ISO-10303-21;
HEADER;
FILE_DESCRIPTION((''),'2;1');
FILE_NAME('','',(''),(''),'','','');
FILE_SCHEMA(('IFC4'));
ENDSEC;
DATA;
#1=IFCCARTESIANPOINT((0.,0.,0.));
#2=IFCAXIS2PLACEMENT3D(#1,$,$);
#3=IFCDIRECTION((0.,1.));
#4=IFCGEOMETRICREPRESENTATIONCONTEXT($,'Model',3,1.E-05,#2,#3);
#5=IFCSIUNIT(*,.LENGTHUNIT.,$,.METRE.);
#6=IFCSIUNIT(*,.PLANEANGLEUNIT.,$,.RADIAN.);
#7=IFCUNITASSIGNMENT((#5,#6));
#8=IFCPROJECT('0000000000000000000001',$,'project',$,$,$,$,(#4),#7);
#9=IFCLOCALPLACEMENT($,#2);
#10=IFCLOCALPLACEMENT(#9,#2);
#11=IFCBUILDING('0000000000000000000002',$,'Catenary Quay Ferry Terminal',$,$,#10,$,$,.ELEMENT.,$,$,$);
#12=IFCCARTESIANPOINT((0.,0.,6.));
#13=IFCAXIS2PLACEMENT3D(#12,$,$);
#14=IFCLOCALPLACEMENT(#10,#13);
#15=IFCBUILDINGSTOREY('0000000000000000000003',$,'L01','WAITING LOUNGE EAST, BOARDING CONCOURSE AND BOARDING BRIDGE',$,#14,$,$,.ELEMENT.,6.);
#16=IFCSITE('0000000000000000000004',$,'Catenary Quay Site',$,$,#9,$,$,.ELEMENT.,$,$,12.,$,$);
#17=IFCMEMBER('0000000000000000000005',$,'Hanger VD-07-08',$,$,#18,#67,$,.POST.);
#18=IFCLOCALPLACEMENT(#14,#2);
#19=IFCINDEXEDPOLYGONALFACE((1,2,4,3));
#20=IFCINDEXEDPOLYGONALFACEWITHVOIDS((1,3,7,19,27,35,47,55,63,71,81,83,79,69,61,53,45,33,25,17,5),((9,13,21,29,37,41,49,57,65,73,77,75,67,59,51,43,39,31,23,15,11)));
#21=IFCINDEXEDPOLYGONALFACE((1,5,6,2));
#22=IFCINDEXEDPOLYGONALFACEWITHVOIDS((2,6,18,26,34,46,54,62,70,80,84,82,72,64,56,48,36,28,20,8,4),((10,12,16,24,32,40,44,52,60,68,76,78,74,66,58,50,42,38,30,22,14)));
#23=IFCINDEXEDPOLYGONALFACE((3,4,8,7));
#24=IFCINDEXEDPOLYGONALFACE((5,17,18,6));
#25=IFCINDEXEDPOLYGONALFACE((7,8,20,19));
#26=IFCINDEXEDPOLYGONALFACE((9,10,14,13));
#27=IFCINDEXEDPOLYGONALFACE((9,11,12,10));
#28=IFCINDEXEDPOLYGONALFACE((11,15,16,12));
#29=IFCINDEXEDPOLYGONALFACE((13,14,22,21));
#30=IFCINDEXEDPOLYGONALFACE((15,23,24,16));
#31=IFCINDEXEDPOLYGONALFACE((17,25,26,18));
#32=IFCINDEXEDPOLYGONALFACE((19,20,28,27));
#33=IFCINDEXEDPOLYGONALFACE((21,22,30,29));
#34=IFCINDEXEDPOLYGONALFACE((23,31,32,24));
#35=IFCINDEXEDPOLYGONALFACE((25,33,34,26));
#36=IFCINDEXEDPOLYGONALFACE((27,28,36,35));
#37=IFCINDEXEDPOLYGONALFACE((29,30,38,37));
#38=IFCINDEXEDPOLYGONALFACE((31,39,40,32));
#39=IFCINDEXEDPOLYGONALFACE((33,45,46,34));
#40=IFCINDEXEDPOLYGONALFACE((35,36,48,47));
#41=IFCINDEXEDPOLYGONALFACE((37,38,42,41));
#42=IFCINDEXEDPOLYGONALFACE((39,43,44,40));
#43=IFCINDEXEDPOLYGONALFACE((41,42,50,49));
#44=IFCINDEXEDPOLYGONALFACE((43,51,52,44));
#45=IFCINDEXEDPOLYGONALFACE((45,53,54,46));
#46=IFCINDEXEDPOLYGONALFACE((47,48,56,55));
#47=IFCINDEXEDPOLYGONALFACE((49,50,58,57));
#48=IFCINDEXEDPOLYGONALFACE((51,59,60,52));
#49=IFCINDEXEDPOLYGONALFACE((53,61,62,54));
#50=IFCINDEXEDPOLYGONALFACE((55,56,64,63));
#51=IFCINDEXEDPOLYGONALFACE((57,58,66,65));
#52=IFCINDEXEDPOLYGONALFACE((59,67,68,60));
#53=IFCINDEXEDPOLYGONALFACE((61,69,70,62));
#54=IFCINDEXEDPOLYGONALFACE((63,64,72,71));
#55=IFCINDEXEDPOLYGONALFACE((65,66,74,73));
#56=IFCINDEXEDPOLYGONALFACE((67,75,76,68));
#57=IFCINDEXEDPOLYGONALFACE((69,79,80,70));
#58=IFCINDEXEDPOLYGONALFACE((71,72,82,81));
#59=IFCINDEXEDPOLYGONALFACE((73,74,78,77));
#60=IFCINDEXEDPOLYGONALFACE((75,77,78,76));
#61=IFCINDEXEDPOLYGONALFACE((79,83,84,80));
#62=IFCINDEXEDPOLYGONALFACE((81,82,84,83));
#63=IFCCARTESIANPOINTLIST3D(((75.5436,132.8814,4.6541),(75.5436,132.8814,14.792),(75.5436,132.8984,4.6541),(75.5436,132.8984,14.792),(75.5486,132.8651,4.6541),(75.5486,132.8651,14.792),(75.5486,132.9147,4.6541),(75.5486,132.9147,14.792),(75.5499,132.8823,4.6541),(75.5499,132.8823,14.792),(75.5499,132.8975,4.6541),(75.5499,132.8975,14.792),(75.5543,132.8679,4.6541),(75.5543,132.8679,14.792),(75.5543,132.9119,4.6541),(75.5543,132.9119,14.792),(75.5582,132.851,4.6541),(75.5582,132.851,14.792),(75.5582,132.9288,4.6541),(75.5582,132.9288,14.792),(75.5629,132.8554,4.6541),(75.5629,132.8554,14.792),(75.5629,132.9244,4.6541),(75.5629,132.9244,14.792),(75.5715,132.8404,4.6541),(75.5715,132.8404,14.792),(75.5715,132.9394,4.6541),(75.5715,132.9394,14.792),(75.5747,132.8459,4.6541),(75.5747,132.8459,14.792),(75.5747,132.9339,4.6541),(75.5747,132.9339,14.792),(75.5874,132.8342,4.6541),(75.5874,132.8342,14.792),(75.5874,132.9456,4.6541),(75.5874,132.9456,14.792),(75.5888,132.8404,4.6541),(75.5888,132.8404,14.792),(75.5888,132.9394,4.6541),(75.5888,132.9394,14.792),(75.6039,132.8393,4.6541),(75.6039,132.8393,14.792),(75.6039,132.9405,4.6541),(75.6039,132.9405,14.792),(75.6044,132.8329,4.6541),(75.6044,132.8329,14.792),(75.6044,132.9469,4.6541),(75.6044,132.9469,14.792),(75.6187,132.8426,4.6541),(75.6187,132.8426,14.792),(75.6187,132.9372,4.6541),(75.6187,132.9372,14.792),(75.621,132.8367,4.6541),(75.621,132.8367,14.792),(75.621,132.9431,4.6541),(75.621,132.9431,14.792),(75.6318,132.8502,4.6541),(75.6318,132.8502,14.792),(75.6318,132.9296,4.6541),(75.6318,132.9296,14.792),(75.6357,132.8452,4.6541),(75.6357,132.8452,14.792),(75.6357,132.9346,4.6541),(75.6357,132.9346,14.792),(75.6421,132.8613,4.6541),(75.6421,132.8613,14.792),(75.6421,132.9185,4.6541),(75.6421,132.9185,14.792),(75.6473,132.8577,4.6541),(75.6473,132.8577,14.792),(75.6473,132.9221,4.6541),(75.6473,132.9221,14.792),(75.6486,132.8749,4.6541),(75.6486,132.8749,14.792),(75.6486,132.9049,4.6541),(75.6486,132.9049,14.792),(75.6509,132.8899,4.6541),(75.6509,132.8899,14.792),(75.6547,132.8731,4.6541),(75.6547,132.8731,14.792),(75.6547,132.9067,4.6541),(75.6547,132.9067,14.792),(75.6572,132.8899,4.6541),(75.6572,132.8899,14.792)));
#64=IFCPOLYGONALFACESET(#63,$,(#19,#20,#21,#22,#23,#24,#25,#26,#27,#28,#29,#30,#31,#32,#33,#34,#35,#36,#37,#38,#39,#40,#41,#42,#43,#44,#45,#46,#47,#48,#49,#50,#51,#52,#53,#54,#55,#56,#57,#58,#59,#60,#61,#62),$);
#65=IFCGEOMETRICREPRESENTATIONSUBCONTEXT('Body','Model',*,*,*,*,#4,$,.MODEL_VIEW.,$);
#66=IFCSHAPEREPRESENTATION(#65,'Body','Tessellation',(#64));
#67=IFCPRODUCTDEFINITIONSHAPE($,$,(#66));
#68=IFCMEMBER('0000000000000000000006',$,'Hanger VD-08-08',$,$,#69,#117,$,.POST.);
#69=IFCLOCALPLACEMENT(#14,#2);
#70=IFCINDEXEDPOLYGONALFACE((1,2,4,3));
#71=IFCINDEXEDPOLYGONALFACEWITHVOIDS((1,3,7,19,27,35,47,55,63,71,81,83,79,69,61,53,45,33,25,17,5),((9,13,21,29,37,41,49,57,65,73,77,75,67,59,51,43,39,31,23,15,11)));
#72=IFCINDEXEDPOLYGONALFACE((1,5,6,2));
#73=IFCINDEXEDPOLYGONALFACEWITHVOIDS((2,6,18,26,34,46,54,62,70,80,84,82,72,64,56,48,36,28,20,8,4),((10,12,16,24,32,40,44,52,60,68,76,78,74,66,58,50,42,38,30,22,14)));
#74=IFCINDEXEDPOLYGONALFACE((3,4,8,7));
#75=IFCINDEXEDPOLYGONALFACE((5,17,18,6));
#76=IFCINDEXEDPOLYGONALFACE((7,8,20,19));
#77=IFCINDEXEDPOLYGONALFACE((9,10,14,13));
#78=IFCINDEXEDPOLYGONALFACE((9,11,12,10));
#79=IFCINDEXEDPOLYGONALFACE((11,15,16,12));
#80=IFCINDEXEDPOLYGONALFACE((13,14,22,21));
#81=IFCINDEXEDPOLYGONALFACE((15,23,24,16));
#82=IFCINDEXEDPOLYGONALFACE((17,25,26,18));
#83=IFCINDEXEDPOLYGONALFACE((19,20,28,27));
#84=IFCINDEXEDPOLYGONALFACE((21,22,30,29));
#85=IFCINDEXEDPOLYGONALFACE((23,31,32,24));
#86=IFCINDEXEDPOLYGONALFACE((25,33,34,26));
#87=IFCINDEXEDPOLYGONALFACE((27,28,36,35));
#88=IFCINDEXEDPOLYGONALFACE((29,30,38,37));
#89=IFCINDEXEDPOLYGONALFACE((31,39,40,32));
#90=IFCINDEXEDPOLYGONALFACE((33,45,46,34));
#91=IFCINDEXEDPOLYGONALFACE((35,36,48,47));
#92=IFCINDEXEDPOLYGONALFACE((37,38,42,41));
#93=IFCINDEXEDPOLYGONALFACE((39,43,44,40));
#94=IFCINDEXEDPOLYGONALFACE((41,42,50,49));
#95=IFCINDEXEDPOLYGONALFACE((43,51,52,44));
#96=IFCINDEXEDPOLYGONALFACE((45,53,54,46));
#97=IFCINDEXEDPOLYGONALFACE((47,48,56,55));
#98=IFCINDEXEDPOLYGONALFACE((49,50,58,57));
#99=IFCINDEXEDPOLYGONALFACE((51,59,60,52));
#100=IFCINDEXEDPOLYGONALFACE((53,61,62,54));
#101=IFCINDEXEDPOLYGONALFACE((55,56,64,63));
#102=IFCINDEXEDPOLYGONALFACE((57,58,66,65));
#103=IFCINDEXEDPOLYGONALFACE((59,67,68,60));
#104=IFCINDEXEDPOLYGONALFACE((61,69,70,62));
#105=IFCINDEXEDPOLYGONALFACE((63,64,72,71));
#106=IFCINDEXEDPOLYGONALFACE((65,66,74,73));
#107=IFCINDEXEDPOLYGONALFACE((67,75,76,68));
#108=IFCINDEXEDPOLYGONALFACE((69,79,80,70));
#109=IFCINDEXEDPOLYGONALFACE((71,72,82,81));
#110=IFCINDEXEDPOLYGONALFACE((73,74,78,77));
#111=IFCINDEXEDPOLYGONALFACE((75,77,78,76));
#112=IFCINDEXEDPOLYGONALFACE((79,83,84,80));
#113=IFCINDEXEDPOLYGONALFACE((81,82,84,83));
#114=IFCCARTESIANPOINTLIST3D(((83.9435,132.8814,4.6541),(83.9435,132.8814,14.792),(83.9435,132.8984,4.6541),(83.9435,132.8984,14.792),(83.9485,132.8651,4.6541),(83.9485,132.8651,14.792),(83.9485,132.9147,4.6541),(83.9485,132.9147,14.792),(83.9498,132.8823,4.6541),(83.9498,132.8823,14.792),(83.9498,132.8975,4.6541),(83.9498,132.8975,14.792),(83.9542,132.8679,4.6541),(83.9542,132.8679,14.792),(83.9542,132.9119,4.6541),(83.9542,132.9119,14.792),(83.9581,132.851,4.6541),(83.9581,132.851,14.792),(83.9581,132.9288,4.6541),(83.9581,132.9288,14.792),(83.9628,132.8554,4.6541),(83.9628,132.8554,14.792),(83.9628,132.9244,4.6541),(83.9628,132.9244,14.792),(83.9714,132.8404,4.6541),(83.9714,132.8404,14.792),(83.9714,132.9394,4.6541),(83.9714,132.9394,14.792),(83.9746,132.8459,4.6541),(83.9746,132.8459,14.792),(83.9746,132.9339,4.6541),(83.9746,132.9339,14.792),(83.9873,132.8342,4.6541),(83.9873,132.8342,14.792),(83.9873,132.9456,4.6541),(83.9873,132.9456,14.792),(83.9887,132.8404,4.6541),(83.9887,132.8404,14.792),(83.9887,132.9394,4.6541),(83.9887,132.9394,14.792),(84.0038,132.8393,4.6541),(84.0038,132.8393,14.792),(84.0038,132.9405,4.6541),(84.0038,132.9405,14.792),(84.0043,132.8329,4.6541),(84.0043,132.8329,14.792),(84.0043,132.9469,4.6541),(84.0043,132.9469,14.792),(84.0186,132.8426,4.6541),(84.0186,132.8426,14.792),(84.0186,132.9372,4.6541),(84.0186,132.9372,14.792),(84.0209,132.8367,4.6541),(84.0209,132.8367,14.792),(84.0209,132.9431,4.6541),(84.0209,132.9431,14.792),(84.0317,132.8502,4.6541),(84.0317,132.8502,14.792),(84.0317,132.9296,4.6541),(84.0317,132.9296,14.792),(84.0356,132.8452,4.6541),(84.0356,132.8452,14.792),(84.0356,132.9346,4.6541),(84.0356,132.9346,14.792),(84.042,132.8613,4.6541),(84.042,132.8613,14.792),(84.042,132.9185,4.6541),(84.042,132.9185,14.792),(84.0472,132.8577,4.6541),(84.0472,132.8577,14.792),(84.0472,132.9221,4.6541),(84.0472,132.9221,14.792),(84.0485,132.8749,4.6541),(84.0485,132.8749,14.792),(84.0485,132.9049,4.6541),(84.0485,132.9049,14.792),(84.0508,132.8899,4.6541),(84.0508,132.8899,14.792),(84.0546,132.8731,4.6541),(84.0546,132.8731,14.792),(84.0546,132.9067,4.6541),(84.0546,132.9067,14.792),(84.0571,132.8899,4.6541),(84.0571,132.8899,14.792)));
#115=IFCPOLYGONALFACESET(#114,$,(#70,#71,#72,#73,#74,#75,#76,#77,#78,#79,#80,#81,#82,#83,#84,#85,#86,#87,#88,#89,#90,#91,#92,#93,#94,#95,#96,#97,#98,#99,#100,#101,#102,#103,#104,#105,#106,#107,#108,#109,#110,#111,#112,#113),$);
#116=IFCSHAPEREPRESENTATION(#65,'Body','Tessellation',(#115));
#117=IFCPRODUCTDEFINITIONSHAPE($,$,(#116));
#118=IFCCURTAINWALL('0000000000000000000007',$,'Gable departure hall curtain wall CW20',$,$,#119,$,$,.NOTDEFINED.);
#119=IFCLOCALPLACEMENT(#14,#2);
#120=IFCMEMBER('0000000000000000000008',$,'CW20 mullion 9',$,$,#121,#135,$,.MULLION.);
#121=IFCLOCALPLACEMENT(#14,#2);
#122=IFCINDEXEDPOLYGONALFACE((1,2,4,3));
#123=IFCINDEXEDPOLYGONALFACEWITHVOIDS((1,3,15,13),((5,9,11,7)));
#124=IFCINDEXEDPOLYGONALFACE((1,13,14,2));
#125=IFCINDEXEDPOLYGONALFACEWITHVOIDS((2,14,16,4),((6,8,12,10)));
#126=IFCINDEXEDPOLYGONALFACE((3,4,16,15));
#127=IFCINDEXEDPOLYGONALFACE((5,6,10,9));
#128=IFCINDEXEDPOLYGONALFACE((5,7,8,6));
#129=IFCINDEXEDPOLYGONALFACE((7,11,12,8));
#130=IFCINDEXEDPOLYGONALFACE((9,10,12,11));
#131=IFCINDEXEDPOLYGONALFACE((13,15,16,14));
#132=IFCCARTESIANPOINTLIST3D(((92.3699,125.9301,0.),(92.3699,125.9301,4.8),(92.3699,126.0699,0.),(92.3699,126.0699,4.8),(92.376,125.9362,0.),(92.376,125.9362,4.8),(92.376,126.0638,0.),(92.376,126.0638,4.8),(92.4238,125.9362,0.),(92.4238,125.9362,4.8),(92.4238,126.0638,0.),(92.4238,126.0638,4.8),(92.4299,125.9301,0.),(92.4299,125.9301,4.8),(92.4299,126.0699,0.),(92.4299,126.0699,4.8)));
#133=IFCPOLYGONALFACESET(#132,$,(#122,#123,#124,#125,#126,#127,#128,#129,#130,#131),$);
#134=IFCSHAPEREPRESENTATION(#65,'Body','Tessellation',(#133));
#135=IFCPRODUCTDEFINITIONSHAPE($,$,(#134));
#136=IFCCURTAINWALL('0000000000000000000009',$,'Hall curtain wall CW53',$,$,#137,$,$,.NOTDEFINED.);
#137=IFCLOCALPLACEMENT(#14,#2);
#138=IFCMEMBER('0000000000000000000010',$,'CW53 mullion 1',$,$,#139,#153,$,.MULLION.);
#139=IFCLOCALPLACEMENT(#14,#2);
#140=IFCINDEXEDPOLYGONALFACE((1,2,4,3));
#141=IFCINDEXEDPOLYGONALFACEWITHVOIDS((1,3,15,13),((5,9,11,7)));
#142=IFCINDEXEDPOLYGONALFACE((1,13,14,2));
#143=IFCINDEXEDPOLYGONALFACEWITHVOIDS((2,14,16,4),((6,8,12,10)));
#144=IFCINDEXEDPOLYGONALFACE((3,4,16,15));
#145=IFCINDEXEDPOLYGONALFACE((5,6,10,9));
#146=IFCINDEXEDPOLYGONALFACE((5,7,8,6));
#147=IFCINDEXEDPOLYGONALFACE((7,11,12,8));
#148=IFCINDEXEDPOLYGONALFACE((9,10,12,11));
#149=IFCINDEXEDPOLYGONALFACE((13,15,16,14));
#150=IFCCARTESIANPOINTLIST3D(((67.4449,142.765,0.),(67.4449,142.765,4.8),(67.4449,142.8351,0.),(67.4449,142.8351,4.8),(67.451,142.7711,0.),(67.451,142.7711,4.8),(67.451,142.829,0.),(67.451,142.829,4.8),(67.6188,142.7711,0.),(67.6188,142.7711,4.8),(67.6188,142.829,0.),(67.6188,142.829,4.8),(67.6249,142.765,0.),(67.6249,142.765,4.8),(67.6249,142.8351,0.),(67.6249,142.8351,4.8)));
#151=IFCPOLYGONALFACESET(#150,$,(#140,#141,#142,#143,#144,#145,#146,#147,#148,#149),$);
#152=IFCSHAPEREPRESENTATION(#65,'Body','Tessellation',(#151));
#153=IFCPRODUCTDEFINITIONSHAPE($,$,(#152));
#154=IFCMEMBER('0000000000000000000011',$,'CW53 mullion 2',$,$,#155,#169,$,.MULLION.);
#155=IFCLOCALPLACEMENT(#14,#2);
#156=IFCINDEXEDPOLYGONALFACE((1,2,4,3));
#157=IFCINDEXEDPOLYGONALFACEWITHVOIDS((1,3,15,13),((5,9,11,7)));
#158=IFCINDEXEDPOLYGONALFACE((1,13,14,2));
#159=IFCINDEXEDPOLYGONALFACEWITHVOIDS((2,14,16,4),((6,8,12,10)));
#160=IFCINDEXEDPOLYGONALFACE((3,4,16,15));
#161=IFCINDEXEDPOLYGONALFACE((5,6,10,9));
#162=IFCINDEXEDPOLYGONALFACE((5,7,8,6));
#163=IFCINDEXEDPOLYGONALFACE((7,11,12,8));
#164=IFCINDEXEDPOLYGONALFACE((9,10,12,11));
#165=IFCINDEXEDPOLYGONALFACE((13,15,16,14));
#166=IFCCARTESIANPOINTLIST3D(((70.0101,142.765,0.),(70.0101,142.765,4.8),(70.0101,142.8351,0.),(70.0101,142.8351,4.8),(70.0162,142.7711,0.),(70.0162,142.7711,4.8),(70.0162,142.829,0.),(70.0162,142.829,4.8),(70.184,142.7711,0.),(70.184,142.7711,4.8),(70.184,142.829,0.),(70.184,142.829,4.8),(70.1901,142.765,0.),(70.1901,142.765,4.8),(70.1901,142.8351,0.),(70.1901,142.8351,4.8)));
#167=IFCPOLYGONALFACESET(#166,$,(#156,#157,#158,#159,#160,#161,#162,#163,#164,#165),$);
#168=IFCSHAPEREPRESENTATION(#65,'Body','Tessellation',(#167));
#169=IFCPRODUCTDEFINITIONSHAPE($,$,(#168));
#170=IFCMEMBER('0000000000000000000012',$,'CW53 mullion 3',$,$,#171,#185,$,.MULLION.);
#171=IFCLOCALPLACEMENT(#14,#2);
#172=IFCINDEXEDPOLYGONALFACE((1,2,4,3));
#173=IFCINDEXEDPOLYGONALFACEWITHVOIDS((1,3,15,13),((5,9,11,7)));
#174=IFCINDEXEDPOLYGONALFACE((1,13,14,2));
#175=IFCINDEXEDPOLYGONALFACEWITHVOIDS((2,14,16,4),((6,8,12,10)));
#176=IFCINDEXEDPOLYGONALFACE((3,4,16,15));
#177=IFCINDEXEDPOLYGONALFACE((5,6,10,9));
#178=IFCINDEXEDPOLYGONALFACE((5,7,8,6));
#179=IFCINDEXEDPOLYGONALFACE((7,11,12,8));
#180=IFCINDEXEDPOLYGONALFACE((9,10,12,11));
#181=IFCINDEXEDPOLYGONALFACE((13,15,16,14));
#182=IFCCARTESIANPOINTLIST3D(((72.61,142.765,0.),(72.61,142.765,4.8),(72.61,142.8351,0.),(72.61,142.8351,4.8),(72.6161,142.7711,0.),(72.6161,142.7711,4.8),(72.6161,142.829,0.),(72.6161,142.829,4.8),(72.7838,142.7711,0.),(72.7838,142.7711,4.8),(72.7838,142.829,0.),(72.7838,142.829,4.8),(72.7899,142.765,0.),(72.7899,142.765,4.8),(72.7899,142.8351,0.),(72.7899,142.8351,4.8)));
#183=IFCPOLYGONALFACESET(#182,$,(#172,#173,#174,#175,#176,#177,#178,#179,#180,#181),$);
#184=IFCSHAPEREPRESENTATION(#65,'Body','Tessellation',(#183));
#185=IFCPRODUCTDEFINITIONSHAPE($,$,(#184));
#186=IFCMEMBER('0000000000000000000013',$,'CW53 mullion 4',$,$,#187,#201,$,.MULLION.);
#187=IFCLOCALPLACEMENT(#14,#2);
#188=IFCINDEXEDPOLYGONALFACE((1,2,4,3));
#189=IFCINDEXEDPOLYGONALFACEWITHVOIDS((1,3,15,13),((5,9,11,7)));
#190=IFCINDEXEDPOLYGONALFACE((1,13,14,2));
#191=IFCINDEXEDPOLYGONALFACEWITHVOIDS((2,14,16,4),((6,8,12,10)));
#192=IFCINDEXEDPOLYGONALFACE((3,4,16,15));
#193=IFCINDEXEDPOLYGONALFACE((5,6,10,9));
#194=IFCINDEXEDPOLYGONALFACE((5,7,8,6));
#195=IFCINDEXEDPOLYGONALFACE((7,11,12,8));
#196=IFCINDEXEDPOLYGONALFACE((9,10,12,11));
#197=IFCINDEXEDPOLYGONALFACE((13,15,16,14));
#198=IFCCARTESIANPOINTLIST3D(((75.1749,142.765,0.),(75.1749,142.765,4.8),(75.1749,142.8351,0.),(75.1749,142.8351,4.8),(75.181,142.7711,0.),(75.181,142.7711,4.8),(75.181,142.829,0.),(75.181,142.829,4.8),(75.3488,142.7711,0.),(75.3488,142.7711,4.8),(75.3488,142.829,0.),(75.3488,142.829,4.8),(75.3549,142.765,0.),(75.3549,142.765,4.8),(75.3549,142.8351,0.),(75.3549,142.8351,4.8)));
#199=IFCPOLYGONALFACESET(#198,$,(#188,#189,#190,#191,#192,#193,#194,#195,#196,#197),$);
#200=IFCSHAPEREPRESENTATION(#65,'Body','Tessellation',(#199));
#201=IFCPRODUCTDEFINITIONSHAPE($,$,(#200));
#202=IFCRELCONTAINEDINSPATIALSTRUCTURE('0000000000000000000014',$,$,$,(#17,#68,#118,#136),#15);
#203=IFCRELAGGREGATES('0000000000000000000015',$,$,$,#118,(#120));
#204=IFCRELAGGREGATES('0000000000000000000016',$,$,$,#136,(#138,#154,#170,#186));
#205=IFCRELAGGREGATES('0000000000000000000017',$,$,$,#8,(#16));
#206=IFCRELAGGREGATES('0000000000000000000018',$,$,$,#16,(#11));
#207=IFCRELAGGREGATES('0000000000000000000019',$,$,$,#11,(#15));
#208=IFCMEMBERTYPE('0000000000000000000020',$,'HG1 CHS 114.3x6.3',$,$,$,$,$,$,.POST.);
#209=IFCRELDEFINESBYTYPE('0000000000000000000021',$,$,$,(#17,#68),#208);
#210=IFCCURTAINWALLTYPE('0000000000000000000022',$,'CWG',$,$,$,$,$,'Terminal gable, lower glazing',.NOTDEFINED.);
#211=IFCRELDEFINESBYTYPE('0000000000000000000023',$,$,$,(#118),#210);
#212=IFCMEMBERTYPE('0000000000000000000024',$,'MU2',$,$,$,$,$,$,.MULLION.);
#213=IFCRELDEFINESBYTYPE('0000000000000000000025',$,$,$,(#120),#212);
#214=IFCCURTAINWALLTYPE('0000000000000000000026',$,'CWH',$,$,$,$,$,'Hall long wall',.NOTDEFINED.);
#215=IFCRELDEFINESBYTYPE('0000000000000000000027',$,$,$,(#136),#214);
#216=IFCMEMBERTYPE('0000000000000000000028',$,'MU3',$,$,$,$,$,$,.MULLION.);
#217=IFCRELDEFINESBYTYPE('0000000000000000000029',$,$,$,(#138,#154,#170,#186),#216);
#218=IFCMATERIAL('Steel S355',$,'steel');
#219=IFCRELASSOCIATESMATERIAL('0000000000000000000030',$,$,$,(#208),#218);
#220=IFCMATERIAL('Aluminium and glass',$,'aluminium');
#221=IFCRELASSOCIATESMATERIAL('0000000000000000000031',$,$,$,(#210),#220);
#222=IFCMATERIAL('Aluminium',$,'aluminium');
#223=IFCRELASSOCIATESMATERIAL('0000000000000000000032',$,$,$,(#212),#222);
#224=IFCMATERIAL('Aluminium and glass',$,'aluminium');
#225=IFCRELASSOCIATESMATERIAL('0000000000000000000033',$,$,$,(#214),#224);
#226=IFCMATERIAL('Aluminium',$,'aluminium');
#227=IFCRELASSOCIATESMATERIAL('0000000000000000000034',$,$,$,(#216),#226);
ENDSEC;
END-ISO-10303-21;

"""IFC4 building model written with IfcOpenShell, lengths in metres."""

from ifc_helpers import new_model, si_unit, direction, frame, origin, origin_2d, place, context, subcontext, project, spatial, hollow_rectangle, hollow_circle, extrude, material, material_profile, profile_set, type_object, element, aggregate, save


model = new_model("IFC4")

# Units and contexts
model_context = context("Model", 3, precision=1e-05, world=origin(), true_north=direction((0.0, 1.0)))
body_context = subcontext(model_context, "Body", "Model", "MODEL_VIEW")
ifc_project = project(units=[si_unit("LENGTHUNIT", "METRE"), si_unit("PLANEANGLEUNIT", "RADIAN")], contexts=[model_context])

# Site, building, storey
site_placement = place(None, origin())
site = spatial("IfcSite", under=ifc_project, at=site_placement, Name="Catenary Quay Site", CompositionType="ELEMENT", RefElevation=12.0)
building_placement = place(site_placement, origin())
building = spatial("IfcBuilding", under=site, at=building_placement, Name="Catenary Quay Ferry Terminal", CompositionType="ELEMENT")
storey_placement = place(building_placement, frame((0.0, 0.0, 6.0)))
storey = spatial("IfcBuildingStorey", under=building, at=storey_placement, Name="L01", Description="WAITING LOUNGE EAST, BOARDING CONCOURSE AND BOARDING BRIDGE", CompositionType="ELEMENT", Elevation=6.0)

# Members
ifc_material_1 = material(Name="Steel S355", Category="steel")
ifc_material_profile_1 = material_profile(ifc_material_1, hollow_circle(Radius=0.0571, WallThickness=0.0063, at=origin_2d()), Name="CHS 114.3x6.3")
ifc_profile_set_1 = profile_set([ifc_material_profile_1], Name="Steel S355")
member_type_1 = type_object("IfcMemberType", Name="HG1 CHS 114.3x6.3", PredefinedType="POST", material=ifc_profile_set_1)
for number, where, z_axis, x_axis, name in (
    (1, (75.6001, 132.8899, 4.6541), (0.0, 0.0, 1.0), (1.0, 0.0, 0.0), "Hanger VD-07-08"),
    (2, (84.0, 132.8899, 4.6541), (0.0, 0.0, 1.0), (1.0, 0.0, 0.0), "Hanger VD-08-08"),
):
    element("IfcMember", number, at=place(storey_placement, frame(where, z_axis=z_axis, x_axis=x_axis)), inside=storey, type_object=member_type_1, Name=name, PredefinedType="POST", context=body_context, shape_type="SweptSolid", body=[
        extrude(hollow_circle(Radius=0.0571, WallThickness=0.0063, at=origin_2d()), origin(), (0.0, 0.0, 1.0), 10.1379),
    ])

# Curtain wall, member
ifc_material_2 = material(Name="Aluminium and glass", Category="aluminium")
curtain_wall_type_1 = type_object("IfcCurtainWallType", Name="CWG", ElementType="Terminal gable, lower glazing", PredefinedType="NOTDEFINED", material=ifc_material_2)
curtain_wall_1_placement = place(storey_placement, origin())
curtain_wall_1 = element("IfcCurtainWall", 3, at=curtain_wall_1_placement, inside=storey, type_object=curtain_wall_type_1, Name="Gable departure hall curtain wall CW20", PredefinedType="NOTDEFINED")
ifc_material_3 = material(Name="Aluminium", Category="aluminium")
ifc_material_profile_2 = material_profile(ifc_material_3, hollow_rectangle(XDim=0.0601, YDim=0.1399, WallThickness=0.0061, at=origin_2d()), Name="MU2")
ifc_profile_set_2 = profile_set([ifc_material_profile_2], Name="Aluminium")
member_type_2 = type_object("IfcMemberType", Name="MU2", PredefinedType="MULLION", material=ifc_profile_set_2)
member_1_placement = place(storey_placement, frame((92.3999, 126.0, 0.0), z_axis=(0.0, 0.0, 1.0), x_axis=(-1.0, 0.0, 0.0)))
member_1 = element("IfcMember", 4, at=member_1_placement, type_object=member_type_2, Name="CW20 mullion 9", PredefinedType="MULLION", context=body_context, shape_type="SweptSolid", body=[
    extrude(hollow_rectangle(XDim=0.0601, YDim=0.1399, WallThickness=0.0061, at=origin_2d()), origin(), (0.0, 0.0, 1.0), 4.8),
])
aggregate(curtain_wall_1, [member_1])

# Curtain wall, members
ifc_material_4 = material(Name="Aluminium and glass", Category="aluminium")
curtain_wall_type_2 = type_object("IfcCurtainWallType", Name="CWH", ElementType="Hall long wall", PredefinedType="NOTDEFINED", material=ifc_material_4)
curtain_wall_2_placement = place(storey_placement, origin())
curtain_wall_2 = element("IfcCurtainWall", 5, at=curtain_wall_2_placement, inside=storey, type_object=curtain_wall_type_2, Name="Hall curtain wall CW53", PredefinedType="NOTDEFINED")
ifc_material_5 = material(Name="Aluminium", Category="aluminium")
ifc_material_profile_3 = material_profile(ifc_material_5, hollow_rectangle(XDim=0.0701, YDim=0.1799, WallThickness=0.0061, at=origin_2d()), Name="MU3")
ifc_profile_set_3 = profile_set([ifc_material_profile_3], Name="Aluminium")
member_type_3 = type_object("IfcMemberType", Name="MU3", PredefinedType="MULLION", material=ifc_profile_set_3)
member_2_placement = place(storey_placement, frame((67.5349, 142.8, 0.0), z_axis=(0.0, 0.0, 1.0), x_axis=(0.0, 1.0, 0.0)))
member_2 = element("IfcMember", 6, at=member_2_placement, type_object=member_type_3, Name="CW53 mullion 1", PredefinedType="MULLION", context=body_context, shape_type="SweptSolid", body=[
    extrude(hollow_rectangle(XDim=0.0701, YDim=0.1799, WallThickness=0.0061, at=origin_2d()), origin(), (0.0, 0.0, 1.0), 4.8),
])
member_3_placement = place(storey_placement, frame((70.1001, 142.8, 0.0), z_axis=(0.0, 0.0, 1.0), x_axis=(0.0, 1.0, 0.0)))
member_3 = element("IfcMember", 7, at=member_3_placement, type_object=member_type_3, Name="CW53 mullion 2", PredefinedType="MULLION", context=body_context, shape_type="SweptSolid", body=[
    extrude(hollow_rectangle(XDim=0.0701, YDim=0.1799, WallThickness=0.0061, at=origin_2d()), origin(), (0.0, 0.0, 1.0), 4.8),
])
member_4_placement = place(storey_placement, frame((72.7, 142.8, 0.0), z_axis=(0.0, 0.0, 1.0), x_axis=(0.0, 1.0, 0.0)))
member_4 = element("IfcMember", 8, at=member_4_placement, type_object=member_type_3, Name="CW53 mullion 3", PredefinedType="MULLION", context=body_context, shape_type="SweptSolid", body=[
    extrude(hollow_rectangle(XDim=0.0701, YDim=0.1799, WallThickness=0.0061, at=origin_2d()), origin(), (0.0, 0.0, 1.0), 4.8),
])
member_5_placement = place(storey_placement, frame((75.2649, 142.8, 0.0), z_axis=(0.0, 0.0, 1.0), x_axis=(0.0, 1.0, 0.0)))
member_5 = element("IfcMember", 9, at=member_5_placement, type_object=member_type_3, Name="CW53 mullion 4", PredefinedType="MULLION", context=body_context, shape_type="SweptSolid", body=[
    extrude(hollow_rectangle(XDim=0.0701, YDim=0.1799, WallThickness=0.0061, at=origin_2d()), origin(), (0.0, 0.0, 1.0), 4.8),
])
aggregate(curtain_wall_2, [member_2, member_3, member_4, member_5])

save(model, "model.ifc")
